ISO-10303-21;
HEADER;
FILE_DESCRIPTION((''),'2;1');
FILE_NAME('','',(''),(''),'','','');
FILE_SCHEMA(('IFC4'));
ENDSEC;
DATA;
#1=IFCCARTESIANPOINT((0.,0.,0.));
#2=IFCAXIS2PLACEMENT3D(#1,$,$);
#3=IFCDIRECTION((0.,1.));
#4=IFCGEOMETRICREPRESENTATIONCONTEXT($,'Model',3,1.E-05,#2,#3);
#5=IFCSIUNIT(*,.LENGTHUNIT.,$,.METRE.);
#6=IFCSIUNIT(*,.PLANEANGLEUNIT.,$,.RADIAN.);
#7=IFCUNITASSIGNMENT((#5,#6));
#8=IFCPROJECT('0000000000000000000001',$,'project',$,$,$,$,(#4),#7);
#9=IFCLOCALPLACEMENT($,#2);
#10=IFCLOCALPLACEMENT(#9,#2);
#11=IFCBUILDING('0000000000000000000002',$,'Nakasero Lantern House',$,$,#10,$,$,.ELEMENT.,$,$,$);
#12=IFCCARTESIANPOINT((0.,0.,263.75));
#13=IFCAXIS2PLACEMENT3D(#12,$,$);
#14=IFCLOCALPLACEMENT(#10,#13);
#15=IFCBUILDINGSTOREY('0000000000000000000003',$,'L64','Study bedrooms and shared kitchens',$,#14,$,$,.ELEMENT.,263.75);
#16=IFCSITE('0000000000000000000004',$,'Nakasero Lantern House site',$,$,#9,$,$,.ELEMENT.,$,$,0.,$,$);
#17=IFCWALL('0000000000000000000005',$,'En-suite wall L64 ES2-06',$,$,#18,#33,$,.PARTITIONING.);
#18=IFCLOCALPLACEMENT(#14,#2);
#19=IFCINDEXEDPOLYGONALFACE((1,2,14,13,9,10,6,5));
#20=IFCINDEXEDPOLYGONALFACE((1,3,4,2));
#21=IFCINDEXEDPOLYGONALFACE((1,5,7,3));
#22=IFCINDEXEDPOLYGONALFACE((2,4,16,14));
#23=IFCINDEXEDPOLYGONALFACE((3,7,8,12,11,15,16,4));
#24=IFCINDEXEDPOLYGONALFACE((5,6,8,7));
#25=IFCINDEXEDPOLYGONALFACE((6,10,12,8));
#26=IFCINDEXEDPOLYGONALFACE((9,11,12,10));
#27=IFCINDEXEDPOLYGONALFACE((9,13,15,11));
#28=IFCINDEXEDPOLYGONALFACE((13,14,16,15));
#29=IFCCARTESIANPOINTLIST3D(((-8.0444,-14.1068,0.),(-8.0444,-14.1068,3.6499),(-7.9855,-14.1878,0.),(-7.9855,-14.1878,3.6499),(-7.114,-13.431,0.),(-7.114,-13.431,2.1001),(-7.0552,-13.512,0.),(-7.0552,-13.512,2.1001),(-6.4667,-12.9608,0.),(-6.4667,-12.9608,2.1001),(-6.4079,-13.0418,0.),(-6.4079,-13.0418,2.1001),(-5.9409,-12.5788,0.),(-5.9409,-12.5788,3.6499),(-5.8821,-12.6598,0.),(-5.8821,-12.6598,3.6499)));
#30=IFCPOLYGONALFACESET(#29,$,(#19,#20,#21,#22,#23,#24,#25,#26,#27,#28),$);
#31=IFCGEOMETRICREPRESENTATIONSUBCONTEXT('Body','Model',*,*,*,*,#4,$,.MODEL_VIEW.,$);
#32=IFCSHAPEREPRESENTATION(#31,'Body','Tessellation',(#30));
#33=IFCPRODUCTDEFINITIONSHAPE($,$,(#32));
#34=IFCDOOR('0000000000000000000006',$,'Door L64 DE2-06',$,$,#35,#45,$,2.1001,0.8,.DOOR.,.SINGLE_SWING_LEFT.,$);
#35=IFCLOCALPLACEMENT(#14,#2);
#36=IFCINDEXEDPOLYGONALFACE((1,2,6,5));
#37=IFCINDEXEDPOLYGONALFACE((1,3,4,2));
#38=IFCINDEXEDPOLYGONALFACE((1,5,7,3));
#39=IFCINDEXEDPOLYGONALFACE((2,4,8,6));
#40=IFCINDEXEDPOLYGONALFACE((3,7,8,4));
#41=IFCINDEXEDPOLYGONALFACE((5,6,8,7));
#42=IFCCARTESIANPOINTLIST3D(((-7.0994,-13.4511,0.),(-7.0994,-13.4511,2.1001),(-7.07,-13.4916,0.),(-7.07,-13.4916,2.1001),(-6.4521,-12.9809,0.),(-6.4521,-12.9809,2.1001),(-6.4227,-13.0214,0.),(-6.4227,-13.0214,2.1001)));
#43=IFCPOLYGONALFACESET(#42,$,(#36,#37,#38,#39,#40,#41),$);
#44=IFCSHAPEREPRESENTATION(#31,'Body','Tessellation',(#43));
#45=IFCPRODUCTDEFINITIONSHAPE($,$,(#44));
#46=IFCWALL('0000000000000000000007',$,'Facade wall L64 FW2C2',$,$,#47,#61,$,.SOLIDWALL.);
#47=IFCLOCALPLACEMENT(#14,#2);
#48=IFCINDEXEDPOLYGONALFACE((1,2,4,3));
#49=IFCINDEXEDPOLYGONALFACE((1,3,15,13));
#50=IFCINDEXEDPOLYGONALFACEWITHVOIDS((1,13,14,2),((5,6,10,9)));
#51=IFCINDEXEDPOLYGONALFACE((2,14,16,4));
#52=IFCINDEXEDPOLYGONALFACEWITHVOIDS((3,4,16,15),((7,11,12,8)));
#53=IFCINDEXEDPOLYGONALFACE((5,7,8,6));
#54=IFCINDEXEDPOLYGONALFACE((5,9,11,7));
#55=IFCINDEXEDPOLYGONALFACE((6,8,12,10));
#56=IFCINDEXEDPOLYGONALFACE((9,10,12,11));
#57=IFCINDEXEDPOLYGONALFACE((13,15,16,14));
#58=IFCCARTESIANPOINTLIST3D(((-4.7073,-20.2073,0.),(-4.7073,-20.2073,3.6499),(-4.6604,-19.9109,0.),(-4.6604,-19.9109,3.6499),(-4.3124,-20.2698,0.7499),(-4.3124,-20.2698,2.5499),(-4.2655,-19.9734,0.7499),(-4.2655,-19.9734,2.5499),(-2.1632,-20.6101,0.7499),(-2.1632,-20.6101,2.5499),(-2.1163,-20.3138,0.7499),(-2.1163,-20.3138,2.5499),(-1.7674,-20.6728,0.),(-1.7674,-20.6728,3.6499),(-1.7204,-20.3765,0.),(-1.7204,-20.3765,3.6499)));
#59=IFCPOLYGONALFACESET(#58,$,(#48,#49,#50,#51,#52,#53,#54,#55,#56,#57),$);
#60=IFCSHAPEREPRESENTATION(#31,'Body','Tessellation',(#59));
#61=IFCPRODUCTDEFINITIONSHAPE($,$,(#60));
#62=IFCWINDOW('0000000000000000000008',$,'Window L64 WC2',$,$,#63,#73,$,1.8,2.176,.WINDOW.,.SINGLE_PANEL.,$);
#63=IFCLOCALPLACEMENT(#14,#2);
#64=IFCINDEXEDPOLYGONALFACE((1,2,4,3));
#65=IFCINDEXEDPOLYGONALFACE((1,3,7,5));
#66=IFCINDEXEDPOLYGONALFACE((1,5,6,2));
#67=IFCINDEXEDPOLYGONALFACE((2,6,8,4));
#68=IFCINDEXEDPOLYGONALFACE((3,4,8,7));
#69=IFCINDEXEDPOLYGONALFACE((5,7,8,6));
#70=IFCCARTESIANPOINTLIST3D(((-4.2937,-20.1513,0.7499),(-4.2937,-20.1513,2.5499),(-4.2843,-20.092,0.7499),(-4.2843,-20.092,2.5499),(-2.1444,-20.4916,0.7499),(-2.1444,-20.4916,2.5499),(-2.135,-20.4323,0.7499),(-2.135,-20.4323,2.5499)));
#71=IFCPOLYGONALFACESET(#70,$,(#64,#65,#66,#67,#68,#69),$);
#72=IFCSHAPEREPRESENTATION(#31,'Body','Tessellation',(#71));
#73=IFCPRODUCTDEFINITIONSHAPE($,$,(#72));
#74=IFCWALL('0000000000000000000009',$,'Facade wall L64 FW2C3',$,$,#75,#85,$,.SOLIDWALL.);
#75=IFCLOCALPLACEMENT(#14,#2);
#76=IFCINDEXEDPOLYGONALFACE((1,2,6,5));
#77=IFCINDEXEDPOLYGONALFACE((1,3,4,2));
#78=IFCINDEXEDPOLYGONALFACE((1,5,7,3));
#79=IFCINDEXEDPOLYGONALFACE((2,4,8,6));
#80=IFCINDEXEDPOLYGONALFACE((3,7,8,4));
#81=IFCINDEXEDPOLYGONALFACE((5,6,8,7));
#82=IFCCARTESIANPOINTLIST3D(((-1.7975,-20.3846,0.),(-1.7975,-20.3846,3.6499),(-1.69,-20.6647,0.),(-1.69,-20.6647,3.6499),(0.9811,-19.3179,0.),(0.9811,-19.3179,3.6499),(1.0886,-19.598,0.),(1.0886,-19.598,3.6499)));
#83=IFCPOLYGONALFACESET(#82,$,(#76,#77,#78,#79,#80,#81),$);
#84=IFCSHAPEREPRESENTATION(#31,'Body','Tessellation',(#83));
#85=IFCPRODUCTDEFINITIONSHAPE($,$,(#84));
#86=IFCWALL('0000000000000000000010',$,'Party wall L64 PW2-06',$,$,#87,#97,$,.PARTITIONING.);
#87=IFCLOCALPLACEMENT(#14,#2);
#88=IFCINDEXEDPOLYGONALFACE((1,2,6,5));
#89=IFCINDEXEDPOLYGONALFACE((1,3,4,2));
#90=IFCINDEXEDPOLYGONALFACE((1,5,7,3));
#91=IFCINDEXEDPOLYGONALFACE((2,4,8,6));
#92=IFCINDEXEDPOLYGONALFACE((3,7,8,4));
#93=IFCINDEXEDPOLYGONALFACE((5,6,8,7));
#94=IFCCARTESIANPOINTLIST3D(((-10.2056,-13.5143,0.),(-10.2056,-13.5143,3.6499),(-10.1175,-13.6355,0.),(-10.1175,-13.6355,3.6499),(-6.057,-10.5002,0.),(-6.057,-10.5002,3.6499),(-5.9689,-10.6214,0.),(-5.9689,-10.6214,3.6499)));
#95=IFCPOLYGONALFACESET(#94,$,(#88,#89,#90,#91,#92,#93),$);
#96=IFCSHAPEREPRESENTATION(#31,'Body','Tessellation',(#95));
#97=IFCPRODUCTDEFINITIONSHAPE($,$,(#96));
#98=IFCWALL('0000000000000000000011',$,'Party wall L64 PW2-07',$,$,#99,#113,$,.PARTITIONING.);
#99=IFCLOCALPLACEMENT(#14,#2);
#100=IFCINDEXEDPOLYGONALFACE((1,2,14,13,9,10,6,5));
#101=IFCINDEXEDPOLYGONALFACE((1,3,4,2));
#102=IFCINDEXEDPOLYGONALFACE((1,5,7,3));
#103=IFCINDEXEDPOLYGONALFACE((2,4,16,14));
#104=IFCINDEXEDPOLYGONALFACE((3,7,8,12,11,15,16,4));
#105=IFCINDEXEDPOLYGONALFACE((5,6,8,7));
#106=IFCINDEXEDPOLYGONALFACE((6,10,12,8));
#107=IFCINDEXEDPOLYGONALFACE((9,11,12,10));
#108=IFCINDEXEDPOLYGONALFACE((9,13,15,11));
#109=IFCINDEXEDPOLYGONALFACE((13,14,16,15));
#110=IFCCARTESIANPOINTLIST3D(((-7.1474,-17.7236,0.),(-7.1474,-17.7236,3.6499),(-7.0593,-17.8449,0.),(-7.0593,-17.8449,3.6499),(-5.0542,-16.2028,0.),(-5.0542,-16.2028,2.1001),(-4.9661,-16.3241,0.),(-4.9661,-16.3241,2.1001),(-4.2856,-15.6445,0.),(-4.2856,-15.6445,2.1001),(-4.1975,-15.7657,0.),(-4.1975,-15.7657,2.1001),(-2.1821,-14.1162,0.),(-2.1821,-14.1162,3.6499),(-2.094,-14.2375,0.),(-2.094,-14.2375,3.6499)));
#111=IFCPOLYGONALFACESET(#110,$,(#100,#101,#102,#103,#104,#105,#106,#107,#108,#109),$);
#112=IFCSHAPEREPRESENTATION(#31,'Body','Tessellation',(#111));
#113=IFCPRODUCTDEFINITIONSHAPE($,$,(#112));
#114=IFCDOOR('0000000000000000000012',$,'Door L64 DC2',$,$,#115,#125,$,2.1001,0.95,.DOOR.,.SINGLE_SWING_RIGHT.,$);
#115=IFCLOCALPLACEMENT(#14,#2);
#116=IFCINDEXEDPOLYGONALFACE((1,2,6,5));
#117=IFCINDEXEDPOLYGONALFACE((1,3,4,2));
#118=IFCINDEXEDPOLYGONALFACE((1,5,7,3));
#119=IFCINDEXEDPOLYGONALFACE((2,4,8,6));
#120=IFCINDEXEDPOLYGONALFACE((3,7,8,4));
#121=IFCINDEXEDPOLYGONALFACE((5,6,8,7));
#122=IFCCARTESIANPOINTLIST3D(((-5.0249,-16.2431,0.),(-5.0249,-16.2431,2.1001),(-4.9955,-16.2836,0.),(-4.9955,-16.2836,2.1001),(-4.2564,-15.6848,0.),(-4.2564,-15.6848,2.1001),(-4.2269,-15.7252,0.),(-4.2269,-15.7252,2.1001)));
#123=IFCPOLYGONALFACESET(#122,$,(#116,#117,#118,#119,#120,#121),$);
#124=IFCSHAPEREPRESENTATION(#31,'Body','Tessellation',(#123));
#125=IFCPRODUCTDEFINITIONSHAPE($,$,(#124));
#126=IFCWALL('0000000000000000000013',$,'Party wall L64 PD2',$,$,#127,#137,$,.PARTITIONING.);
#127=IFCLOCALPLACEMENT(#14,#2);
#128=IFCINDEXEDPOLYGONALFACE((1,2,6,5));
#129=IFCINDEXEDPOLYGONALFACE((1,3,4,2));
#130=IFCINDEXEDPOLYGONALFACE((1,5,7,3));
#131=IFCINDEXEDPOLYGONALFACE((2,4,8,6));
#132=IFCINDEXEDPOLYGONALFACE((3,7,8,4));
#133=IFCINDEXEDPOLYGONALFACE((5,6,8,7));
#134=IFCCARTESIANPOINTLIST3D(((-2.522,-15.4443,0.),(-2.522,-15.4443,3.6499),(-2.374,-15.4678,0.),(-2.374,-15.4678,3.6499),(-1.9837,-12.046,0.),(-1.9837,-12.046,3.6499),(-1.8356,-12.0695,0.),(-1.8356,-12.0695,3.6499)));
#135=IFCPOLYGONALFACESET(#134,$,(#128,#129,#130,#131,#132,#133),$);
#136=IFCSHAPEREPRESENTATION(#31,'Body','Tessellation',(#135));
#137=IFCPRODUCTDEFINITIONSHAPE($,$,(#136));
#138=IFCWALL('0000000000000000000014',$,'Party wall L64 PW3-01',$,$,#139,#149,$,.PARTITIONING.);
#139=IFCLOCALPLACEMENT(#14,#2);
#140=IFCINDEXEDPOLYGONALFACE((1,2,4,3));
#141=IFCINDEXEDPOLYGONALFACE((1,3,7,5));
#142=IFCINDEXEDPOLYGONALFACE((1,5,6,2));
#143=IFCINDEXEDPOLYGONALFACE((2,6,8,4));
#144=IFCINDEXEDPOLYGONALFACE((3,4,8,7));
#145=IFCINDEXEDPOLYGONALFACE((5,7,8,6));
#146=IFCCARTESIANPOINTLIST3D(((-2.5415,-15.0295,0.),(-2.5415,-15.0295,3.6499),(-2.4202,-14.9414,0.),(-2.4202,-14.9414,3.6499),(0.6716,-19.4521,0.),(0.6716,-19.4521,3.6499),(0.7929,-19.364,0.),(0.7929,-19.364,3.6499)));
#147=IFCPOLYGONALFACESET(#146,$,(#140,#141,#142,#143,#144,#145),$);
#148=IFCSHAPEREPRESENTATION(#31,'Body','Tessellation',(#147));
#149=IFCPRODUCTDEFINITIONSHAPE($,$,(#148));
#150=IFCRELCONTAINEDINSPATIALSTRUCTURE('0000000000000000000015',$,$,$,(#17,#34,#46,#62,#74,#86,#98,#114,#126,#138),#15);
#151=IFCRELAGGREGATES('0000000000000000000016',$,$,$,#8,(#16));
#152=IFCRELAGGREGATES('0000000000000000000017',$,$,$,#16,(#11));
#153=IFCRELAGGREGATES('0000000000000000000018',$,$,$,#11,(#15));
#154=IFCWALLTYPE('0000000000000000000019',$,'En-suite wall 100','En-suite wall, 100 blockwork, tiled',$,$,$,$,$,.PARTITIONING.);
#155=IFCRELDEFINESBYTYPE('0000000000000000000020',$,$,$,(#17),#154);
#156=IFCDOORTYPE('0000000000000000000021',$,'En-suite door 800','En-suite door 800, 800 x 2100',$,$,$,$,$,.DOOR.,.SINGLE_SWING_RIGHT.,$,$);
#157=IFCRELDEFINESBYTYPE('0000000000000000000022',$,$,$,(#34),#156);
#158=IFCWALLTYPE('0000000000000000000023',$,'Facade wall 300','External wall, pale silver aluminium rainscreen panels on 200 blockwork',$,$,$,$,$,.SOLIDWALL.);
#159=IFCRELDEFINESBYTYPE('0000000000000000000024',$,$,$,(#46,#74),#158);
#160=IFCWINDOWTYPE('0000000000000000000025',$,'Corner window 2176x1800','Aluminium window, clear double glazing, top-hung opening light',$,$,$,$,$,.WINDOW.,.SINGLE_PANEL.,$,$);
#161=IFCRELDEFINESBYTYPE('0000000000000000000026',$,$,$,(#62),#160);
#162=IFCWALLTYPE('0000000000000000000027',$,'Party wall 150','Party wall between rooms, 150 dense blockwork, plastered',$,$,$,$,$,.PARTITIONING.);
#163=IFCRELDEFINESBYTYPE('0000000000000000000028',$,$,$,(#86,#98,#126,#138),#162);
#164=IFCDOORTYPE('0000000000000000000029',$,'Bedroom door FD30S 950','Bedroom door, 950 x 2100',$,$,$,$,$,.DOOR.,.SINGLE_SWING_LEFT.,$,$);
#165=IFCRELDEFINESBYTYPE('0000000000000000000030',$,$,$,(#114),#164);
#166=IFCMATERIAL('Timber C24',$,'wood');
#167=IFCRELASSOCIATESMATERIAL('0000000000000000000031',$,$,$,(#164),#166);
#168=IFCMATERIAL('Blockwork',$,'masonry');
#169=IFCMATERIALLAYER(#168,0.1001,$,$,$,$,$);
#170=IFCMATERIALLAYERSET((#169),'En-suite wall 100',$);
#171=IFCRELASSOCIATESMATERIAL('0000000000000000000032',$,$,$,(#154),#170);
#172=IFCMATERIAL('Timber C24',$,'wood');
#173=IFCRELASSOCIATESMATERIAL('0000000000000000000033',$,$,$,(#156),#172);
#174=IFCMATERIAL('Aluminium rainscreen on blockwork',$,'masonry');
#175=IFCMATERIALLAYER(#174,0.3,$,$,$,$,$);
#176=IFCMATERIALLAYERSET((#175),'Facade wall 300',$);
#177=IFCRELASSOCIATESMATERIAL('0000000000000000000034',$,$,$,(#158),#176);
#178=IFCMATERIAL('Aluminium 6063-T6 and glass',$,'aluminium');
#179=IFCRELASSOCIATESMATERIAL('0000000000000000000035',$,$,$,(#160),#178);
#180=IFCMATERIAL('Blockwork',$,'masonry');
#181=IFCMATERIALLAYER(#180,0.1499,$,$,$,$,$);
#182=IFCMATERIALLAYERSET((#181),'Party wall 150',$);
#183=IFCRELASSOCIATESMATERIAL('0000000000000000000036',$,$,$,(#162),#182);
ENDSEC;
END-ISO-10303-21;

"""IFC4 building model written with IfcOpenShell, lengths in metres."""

from ifc_helpers import new_model, si_unit, direction, frame, frame_2d, origin, place, context, subcontext, project, spatial, rectangle, extrude, material, layer, layer_set, type_object, element, fill, save


model = new_model("IFC4")

# Units and contexts
model_context = context("Model", 3, precision=1e-05, world=origin(), true_north=direction((0.0, 1.0)))
body_context = subcontext(model_context, "Body", "Model", "MODEL_VIEW")
ifc_project = project(units=[si_unit("LENGTHUNIT", "METRE"), si_unit("PLANEANGLEUNIT", "RADIAN")], contexts=[model_context])

# Site, building, storey
site_placement = place(None, origin())
site = spatial("IfcSite", under=ifc_project, at=site_placement, Name="Nakasero Lantern House site", CompositionType="ELEMENT", RefElevation=0.0)
building_placement = place(site_placement, origin())
building = spatial("IfcBuilding", under=site, at=building_placement, Name="Nakasero Lantern House", CompositionType="ELEMENT")
storey_placement = place(building_placement, frame((0.0, 0.0, 263.75)))
storey = spatial("IfcBuildingStorey", under=building, at=storey_placement, Name="L64", Description="Study bedrooms and shared kitchens", CompositionType="ELEMENT", Elevation=263.75)

# Wall, opening, door
ifc_material_1 = material(Name="Timber C24", Category="wood")
door_type_1 = type_object("IfcDoorType", Name="Bedroom door FD30S 950", Description="Bedroom door, 950 x 2100", OperationType="SINGLE_SWING_LEFT", PredefinedType="DOOR", material=ifc_material_1)
ifc_material_2 = material(Name="Blockwork", Category="masonry")
ifc_layer_1 = layer(ifc_material_2, 0.1001)
ifc_layer_set_1 = layer_set([ifc_layer_1], Name="En-suite wall 100")
wall_type_1 = type_object("IfcWallType", Name="En-suite wall 100", Description="En-suite wall, 100 blockwork, tiled", PredefinedType="PARTITIONING", material=ifc_layer_set_1)
wall_1_placement = place(storey_placement, frame((-5.9116, -12.6194, 0.0), z_axis=(0.0, 0.0, 1.0), x_axis=(-0.809057, -0.587731, 0.0)))
wall_1 = element("IfcWall", 1, at=wall_1_placement, inside=storey, type_object=wall_type_1, Name="En-suite wall L64 ES2-06", PredefinedType="PARTITIONING", context=body_context, shape_type="SweptSolid", body=[
    extrude(rectangle(XDim=2.5999, YDim=0.1001, at=frame_2d((1.2998, 0.0))), origin(), (0.0, 0.0, 1.0), 3.6499),
])
opening_1_placement = place(wall_1_placement, frame((0.6499, 0.0, 0.0)))
opening_1 = element("IfcOpeningElement", 2, at=opening_1_placement, cuts=wall_1, PredefinedType="OPENING", context=body_context, shape_type="SweptSolid", body=[
    extrude(rectangle(XDim=0.8, YDim=2.1001, at=frame_2d((0.3999, 1.05))), frame((0.0, 0.0701, 0.0), z_axis=(0.0, -1.0, 0.0), x_axis=(1.0, 0.0, 0.0)), (0.0, 0.0, 1.0), 0.1401),
])
ifc_material_3 = material(Name="Timber C24", Category="wood")
door_type_2 = type_object("IfcDoorType", Name="En-suite door 800", Description="En-suite door 800, 800 x 2100", OperationType="SINGLE_SWING_RIGHT", PredefinedType="DOOR", material=ifc_material_3)
door_1_placement = place(opening_1_placement, origin())
door_1 = element("IfcDoor", 3, at=door_1_placement, inside=storey, type_object=door_type_2, Name="Door L64 DE2-06", OperationType="SINGLE_SWING_LEFT", OverallHeight=2.1001, OverallWidth=0.8, PredefinedType="DOOR", context=body_context, shape_type="SweptSolid", body=[
    extrude(rectangle(XDim=0.8, YDim=2.1001, at=frame_2d((0.3999, 1.05))), frame((0.0, 0.0249, 0.0), z_axis=(0.0, -1.0, 0.0), x_axis=(1.0, 0.0, 0.0)), (0.0, 0.0, 1.0), 0.05),
])
fill(opening_1, door_1)

# Wall, opening, window
ifc_material_4 = material(Name="Aluminium rainscreen on blockwork", Category="masonry")
ifc_layer_2 = layer(ifc_material_4, 0.3)
ifc_layer_set_2 = layer_set([ifc_layer_2], Name="Facade wall 300")
wall_type_2 = type_object("IfcWallType", Name="Facade wall 300", Description="External wall, pale silver aluminium rainscreen panels on 200 blockwork", PredefinedType="SOLIDWALL", material=ifc_layer_set_2)
wall_2_placement = place(storey_placement, frame((-4.6838, -20.0591, 0.0), z_axis=(0.0, 0.0, 1.0), x_axis=(0.987692, -0.156413, 0.0)))
wall_2 = element("IfcWall", 4, at=wall_2_placement, inside=storey, type_object=wall_type_2, Name="Facade wall L64 FW2C2", PredefinedType="SOLIDWALL", context=body_context, shape_type="SweptSolid", body=[
    extrude(rectangle(XDim=2.9766, YDim=0.3, at=frame_2d((1.4883, 0.0))), origin(), (0.0, 0.0, 1.0), 3.6499),
])
opening_2_placement = place(wall_2_placement, frame((0.3999, 0.0, 0.75)))
opening_2 = element("IfcOpeningElement", 5, at=opening_2_placement, cuts=wall_2, PredefinedType="OPENING", context=body_context, shape_type="SweptSolid", body=[
    extrude(rectangle(XDim=2.176, YDim=1.8, at=frame_2d((1.0879, 0.8999))), frame((0.0, 0.1699, 0.0), z_axis=(0.0, -1.0, 0.0), x_axis=(1.0, 0.0, 0.0)), (0.0, 0.0, 1.0), 0.3401),
])
ifc_material_5 = material(Name="Aluminium 6063-T6 and glass", Category="aluminium")
window_type = type_object("IfcWindowType", Name="Corner window 2176x1800", Description="Aluminium window, clear double glazing, top-hung opening light", PartitioningType="SINGLE_PANEL", PredefinedType="WINDOW", material=ifc_material_5)
window_placement = place(opening_2_placement, origin())
window = element("IfcWindow", 6, at=window_placement, inside=storey, type_object=window_type, Name="Window L64 WC2", OverallHeight=1.8, OverallWidth=2.176, PartitioningType="SINGLE_PANEL", PredefinedType="WINDOW", context=body_context, shape_type="SweptSolid", body=[
    extrude(rectangle(XDim=2.176, YDim=1.8, at=frame_2d((1.0879, 0.8999))), frame((0.0, 0.03, 0.0), z_axis=(0.0, -1.0, 0.0), x_axis=(1.0, 0.0, 0.0)), (0.0, 0.0, 1.0), 0.0601),
])
fill(opening_2, window)

# Walls
wall_3_placement = place(storey_placement, frame((-1.7439, -20.5247, 0.0), z_axis=(0.0, 0.0, 1.0), x_axis=(0.933574, 0.358385, 0.0)))
element("IfcWall", 7, at=wall_3_placement, inside=storey, type_object=wall_type_2, Name="Facade wall L64 FW2C3", PredefinedType="SOLIDWALL", context=body_context, shape_type="SweptSolid", body=[
    extrude(rectangle(XDim=2.9763, YDim=0.3, at=frame_2d((1.4883, 0.0))), origin(), (0.0, 0.0, 1.0), 3.6499),
])
ifc_material_6 = material(Name="Blockwork", Category="masonry")
ifc_layer_3 = layer(ifc_material_6, 0.1499)
ifc_layer_set_3 = layer_set([ifc_layer_3], Name="Party wall 150")
wall_type_3 = type_object("IfcWallType", Name="Party wall 150", Description="Party wall between rooms, 150 dense blockwork, plastered", PredefinedType="PARTITIONING", material=ifc_layer_set_3)
wall_4_placement = place(storey_placement, frame((-6.0129, -10.5608, 0.0), z_axis=(0.0, 0.0, 1.0), x_axis=(-0.80902, -0.587781, 0.0)))
element("IfcWall", 8, at=wall_4_placement, inside=storey, type_object=wall_type_3, Name="Party wall L64 PW2-06", PredefinedType="PARTITIONING", context=body_context, shape_type="SweptSolid", body=[
    extrude(rectangle(XDim=5.1279, YDim=0.1499, at=frame_2d((2.564, 0.0))), origin(), (0.0, 0.0, 1.0), 3.6499),
])

# Wall, opening, door
wall_5_placement = place(storey_placement, frame((-2.1379, -14.1768, 0.0), z_axis=(0.0, 0.0, 1.0), x_axis=(-0.809025, -0.587774, 0.0)))
wall_5 = element("IfcWall", 9, at=wall_5_placement, inside=storey, type_object=wall_type_3, Name="Party wall L64 PW2-07", PredefinedType="PARTITIONING", context=body_context, shape_type="SweptSolid", body=[
    extrude(rectangle(XDim=6.1375, YDim=0.1499, at=frame_2d((3.0688, 0.0))), origin(), (0.0, 0.0, 1.0), 3.6499),
])
opening_3_placement = place(wall_5_placement, frame((2.6001, 0.0, 0.0)))
opening_3 = element("IfcOpeningElement", 10, at=opening_3_placement, cuts=wall_5, PredefinedType="OPENING", context=body_context, shape_type="SweptSolid", body=[
    extrude(rectangle(XDim=0.95, YDim=2.1001, at=frame_2d((0.4751, 1.05))), frame((0.0, 0.095, 0.0), z_axis=(0.0, -1.0, 0.0), x_axis=(1.0, 0.0, 0.0)), (0.0, 0.0, 1.0), 0.1899),
])
door_2_placement = place(opening_3_placement, origin())
door_2 = element("IfcDoor", 11, at=door_2_placement, inside=storey, type_object=door_type_1, Name="Door L64 DC2", OperationType="SINGLE_SWING_RIGHT", OverallHeight=2.1001, OverallWidth=0.95, PredefinedType="DOOR", context=body_context, shape_type="SweptSolid", body=[
    extrude(rectangle(XDim=0.95, YDim=2.1001, at=frame_2d((0.4751, 1.05))), frame((0.0, 0.0249, 0.0), z_axis=(0.0, -1.0, 0.0), x_axis=(1.0, 0.0, 0.0)), (0.0, 0.0, 1.0), 0.05),
])
fill(opening_3, door_2)

# Walls
wall_6_placement = place(storey_placement, frame((-1.9097, -12.0579, 0.0), z_axis=(0.0, 0.0, 1.0), x_axis=(-0.156465, -0.987683, 0.0)))
element("IfcWall", 12, at=wall_6_placement, inside=storey, type_object=wall_type_3, Name="Party wall L64 PD2", PredefinedType="PARTITIONING", context=body_context, shape_type="SweptSolid", body=[
    extrude(rectangle(XDim=3.4407, YDim=0.1499, at=frame_2d((1.7202, 0.0))), origin(), (0.0, 0.0, 1.0), 3.6499),
])
wall_7_placement = place(storey_placement, frame((-2.481, -14.9854, 0.0), z_axis=(0.0, 0.0, 1.0), x_axis=(0.587776, -0.809024, 0.0)))
element("IfcWall", 13, at=wall_7_placement, inside=storey, type_object=wall_type_3, Name="Party wall L64 PW3-01", PredefinedType="PARTITIONING", context=body_context, shape_type="SweptSolid", body=[
    extrude(rectangle(XDim=5.4666, YDim=0.1499, at=frame_2d((2.7334, 0.0))), origin(), (0.0, 0.0, 1.0), 3.6499),
])

save(model, "model.ifc")
